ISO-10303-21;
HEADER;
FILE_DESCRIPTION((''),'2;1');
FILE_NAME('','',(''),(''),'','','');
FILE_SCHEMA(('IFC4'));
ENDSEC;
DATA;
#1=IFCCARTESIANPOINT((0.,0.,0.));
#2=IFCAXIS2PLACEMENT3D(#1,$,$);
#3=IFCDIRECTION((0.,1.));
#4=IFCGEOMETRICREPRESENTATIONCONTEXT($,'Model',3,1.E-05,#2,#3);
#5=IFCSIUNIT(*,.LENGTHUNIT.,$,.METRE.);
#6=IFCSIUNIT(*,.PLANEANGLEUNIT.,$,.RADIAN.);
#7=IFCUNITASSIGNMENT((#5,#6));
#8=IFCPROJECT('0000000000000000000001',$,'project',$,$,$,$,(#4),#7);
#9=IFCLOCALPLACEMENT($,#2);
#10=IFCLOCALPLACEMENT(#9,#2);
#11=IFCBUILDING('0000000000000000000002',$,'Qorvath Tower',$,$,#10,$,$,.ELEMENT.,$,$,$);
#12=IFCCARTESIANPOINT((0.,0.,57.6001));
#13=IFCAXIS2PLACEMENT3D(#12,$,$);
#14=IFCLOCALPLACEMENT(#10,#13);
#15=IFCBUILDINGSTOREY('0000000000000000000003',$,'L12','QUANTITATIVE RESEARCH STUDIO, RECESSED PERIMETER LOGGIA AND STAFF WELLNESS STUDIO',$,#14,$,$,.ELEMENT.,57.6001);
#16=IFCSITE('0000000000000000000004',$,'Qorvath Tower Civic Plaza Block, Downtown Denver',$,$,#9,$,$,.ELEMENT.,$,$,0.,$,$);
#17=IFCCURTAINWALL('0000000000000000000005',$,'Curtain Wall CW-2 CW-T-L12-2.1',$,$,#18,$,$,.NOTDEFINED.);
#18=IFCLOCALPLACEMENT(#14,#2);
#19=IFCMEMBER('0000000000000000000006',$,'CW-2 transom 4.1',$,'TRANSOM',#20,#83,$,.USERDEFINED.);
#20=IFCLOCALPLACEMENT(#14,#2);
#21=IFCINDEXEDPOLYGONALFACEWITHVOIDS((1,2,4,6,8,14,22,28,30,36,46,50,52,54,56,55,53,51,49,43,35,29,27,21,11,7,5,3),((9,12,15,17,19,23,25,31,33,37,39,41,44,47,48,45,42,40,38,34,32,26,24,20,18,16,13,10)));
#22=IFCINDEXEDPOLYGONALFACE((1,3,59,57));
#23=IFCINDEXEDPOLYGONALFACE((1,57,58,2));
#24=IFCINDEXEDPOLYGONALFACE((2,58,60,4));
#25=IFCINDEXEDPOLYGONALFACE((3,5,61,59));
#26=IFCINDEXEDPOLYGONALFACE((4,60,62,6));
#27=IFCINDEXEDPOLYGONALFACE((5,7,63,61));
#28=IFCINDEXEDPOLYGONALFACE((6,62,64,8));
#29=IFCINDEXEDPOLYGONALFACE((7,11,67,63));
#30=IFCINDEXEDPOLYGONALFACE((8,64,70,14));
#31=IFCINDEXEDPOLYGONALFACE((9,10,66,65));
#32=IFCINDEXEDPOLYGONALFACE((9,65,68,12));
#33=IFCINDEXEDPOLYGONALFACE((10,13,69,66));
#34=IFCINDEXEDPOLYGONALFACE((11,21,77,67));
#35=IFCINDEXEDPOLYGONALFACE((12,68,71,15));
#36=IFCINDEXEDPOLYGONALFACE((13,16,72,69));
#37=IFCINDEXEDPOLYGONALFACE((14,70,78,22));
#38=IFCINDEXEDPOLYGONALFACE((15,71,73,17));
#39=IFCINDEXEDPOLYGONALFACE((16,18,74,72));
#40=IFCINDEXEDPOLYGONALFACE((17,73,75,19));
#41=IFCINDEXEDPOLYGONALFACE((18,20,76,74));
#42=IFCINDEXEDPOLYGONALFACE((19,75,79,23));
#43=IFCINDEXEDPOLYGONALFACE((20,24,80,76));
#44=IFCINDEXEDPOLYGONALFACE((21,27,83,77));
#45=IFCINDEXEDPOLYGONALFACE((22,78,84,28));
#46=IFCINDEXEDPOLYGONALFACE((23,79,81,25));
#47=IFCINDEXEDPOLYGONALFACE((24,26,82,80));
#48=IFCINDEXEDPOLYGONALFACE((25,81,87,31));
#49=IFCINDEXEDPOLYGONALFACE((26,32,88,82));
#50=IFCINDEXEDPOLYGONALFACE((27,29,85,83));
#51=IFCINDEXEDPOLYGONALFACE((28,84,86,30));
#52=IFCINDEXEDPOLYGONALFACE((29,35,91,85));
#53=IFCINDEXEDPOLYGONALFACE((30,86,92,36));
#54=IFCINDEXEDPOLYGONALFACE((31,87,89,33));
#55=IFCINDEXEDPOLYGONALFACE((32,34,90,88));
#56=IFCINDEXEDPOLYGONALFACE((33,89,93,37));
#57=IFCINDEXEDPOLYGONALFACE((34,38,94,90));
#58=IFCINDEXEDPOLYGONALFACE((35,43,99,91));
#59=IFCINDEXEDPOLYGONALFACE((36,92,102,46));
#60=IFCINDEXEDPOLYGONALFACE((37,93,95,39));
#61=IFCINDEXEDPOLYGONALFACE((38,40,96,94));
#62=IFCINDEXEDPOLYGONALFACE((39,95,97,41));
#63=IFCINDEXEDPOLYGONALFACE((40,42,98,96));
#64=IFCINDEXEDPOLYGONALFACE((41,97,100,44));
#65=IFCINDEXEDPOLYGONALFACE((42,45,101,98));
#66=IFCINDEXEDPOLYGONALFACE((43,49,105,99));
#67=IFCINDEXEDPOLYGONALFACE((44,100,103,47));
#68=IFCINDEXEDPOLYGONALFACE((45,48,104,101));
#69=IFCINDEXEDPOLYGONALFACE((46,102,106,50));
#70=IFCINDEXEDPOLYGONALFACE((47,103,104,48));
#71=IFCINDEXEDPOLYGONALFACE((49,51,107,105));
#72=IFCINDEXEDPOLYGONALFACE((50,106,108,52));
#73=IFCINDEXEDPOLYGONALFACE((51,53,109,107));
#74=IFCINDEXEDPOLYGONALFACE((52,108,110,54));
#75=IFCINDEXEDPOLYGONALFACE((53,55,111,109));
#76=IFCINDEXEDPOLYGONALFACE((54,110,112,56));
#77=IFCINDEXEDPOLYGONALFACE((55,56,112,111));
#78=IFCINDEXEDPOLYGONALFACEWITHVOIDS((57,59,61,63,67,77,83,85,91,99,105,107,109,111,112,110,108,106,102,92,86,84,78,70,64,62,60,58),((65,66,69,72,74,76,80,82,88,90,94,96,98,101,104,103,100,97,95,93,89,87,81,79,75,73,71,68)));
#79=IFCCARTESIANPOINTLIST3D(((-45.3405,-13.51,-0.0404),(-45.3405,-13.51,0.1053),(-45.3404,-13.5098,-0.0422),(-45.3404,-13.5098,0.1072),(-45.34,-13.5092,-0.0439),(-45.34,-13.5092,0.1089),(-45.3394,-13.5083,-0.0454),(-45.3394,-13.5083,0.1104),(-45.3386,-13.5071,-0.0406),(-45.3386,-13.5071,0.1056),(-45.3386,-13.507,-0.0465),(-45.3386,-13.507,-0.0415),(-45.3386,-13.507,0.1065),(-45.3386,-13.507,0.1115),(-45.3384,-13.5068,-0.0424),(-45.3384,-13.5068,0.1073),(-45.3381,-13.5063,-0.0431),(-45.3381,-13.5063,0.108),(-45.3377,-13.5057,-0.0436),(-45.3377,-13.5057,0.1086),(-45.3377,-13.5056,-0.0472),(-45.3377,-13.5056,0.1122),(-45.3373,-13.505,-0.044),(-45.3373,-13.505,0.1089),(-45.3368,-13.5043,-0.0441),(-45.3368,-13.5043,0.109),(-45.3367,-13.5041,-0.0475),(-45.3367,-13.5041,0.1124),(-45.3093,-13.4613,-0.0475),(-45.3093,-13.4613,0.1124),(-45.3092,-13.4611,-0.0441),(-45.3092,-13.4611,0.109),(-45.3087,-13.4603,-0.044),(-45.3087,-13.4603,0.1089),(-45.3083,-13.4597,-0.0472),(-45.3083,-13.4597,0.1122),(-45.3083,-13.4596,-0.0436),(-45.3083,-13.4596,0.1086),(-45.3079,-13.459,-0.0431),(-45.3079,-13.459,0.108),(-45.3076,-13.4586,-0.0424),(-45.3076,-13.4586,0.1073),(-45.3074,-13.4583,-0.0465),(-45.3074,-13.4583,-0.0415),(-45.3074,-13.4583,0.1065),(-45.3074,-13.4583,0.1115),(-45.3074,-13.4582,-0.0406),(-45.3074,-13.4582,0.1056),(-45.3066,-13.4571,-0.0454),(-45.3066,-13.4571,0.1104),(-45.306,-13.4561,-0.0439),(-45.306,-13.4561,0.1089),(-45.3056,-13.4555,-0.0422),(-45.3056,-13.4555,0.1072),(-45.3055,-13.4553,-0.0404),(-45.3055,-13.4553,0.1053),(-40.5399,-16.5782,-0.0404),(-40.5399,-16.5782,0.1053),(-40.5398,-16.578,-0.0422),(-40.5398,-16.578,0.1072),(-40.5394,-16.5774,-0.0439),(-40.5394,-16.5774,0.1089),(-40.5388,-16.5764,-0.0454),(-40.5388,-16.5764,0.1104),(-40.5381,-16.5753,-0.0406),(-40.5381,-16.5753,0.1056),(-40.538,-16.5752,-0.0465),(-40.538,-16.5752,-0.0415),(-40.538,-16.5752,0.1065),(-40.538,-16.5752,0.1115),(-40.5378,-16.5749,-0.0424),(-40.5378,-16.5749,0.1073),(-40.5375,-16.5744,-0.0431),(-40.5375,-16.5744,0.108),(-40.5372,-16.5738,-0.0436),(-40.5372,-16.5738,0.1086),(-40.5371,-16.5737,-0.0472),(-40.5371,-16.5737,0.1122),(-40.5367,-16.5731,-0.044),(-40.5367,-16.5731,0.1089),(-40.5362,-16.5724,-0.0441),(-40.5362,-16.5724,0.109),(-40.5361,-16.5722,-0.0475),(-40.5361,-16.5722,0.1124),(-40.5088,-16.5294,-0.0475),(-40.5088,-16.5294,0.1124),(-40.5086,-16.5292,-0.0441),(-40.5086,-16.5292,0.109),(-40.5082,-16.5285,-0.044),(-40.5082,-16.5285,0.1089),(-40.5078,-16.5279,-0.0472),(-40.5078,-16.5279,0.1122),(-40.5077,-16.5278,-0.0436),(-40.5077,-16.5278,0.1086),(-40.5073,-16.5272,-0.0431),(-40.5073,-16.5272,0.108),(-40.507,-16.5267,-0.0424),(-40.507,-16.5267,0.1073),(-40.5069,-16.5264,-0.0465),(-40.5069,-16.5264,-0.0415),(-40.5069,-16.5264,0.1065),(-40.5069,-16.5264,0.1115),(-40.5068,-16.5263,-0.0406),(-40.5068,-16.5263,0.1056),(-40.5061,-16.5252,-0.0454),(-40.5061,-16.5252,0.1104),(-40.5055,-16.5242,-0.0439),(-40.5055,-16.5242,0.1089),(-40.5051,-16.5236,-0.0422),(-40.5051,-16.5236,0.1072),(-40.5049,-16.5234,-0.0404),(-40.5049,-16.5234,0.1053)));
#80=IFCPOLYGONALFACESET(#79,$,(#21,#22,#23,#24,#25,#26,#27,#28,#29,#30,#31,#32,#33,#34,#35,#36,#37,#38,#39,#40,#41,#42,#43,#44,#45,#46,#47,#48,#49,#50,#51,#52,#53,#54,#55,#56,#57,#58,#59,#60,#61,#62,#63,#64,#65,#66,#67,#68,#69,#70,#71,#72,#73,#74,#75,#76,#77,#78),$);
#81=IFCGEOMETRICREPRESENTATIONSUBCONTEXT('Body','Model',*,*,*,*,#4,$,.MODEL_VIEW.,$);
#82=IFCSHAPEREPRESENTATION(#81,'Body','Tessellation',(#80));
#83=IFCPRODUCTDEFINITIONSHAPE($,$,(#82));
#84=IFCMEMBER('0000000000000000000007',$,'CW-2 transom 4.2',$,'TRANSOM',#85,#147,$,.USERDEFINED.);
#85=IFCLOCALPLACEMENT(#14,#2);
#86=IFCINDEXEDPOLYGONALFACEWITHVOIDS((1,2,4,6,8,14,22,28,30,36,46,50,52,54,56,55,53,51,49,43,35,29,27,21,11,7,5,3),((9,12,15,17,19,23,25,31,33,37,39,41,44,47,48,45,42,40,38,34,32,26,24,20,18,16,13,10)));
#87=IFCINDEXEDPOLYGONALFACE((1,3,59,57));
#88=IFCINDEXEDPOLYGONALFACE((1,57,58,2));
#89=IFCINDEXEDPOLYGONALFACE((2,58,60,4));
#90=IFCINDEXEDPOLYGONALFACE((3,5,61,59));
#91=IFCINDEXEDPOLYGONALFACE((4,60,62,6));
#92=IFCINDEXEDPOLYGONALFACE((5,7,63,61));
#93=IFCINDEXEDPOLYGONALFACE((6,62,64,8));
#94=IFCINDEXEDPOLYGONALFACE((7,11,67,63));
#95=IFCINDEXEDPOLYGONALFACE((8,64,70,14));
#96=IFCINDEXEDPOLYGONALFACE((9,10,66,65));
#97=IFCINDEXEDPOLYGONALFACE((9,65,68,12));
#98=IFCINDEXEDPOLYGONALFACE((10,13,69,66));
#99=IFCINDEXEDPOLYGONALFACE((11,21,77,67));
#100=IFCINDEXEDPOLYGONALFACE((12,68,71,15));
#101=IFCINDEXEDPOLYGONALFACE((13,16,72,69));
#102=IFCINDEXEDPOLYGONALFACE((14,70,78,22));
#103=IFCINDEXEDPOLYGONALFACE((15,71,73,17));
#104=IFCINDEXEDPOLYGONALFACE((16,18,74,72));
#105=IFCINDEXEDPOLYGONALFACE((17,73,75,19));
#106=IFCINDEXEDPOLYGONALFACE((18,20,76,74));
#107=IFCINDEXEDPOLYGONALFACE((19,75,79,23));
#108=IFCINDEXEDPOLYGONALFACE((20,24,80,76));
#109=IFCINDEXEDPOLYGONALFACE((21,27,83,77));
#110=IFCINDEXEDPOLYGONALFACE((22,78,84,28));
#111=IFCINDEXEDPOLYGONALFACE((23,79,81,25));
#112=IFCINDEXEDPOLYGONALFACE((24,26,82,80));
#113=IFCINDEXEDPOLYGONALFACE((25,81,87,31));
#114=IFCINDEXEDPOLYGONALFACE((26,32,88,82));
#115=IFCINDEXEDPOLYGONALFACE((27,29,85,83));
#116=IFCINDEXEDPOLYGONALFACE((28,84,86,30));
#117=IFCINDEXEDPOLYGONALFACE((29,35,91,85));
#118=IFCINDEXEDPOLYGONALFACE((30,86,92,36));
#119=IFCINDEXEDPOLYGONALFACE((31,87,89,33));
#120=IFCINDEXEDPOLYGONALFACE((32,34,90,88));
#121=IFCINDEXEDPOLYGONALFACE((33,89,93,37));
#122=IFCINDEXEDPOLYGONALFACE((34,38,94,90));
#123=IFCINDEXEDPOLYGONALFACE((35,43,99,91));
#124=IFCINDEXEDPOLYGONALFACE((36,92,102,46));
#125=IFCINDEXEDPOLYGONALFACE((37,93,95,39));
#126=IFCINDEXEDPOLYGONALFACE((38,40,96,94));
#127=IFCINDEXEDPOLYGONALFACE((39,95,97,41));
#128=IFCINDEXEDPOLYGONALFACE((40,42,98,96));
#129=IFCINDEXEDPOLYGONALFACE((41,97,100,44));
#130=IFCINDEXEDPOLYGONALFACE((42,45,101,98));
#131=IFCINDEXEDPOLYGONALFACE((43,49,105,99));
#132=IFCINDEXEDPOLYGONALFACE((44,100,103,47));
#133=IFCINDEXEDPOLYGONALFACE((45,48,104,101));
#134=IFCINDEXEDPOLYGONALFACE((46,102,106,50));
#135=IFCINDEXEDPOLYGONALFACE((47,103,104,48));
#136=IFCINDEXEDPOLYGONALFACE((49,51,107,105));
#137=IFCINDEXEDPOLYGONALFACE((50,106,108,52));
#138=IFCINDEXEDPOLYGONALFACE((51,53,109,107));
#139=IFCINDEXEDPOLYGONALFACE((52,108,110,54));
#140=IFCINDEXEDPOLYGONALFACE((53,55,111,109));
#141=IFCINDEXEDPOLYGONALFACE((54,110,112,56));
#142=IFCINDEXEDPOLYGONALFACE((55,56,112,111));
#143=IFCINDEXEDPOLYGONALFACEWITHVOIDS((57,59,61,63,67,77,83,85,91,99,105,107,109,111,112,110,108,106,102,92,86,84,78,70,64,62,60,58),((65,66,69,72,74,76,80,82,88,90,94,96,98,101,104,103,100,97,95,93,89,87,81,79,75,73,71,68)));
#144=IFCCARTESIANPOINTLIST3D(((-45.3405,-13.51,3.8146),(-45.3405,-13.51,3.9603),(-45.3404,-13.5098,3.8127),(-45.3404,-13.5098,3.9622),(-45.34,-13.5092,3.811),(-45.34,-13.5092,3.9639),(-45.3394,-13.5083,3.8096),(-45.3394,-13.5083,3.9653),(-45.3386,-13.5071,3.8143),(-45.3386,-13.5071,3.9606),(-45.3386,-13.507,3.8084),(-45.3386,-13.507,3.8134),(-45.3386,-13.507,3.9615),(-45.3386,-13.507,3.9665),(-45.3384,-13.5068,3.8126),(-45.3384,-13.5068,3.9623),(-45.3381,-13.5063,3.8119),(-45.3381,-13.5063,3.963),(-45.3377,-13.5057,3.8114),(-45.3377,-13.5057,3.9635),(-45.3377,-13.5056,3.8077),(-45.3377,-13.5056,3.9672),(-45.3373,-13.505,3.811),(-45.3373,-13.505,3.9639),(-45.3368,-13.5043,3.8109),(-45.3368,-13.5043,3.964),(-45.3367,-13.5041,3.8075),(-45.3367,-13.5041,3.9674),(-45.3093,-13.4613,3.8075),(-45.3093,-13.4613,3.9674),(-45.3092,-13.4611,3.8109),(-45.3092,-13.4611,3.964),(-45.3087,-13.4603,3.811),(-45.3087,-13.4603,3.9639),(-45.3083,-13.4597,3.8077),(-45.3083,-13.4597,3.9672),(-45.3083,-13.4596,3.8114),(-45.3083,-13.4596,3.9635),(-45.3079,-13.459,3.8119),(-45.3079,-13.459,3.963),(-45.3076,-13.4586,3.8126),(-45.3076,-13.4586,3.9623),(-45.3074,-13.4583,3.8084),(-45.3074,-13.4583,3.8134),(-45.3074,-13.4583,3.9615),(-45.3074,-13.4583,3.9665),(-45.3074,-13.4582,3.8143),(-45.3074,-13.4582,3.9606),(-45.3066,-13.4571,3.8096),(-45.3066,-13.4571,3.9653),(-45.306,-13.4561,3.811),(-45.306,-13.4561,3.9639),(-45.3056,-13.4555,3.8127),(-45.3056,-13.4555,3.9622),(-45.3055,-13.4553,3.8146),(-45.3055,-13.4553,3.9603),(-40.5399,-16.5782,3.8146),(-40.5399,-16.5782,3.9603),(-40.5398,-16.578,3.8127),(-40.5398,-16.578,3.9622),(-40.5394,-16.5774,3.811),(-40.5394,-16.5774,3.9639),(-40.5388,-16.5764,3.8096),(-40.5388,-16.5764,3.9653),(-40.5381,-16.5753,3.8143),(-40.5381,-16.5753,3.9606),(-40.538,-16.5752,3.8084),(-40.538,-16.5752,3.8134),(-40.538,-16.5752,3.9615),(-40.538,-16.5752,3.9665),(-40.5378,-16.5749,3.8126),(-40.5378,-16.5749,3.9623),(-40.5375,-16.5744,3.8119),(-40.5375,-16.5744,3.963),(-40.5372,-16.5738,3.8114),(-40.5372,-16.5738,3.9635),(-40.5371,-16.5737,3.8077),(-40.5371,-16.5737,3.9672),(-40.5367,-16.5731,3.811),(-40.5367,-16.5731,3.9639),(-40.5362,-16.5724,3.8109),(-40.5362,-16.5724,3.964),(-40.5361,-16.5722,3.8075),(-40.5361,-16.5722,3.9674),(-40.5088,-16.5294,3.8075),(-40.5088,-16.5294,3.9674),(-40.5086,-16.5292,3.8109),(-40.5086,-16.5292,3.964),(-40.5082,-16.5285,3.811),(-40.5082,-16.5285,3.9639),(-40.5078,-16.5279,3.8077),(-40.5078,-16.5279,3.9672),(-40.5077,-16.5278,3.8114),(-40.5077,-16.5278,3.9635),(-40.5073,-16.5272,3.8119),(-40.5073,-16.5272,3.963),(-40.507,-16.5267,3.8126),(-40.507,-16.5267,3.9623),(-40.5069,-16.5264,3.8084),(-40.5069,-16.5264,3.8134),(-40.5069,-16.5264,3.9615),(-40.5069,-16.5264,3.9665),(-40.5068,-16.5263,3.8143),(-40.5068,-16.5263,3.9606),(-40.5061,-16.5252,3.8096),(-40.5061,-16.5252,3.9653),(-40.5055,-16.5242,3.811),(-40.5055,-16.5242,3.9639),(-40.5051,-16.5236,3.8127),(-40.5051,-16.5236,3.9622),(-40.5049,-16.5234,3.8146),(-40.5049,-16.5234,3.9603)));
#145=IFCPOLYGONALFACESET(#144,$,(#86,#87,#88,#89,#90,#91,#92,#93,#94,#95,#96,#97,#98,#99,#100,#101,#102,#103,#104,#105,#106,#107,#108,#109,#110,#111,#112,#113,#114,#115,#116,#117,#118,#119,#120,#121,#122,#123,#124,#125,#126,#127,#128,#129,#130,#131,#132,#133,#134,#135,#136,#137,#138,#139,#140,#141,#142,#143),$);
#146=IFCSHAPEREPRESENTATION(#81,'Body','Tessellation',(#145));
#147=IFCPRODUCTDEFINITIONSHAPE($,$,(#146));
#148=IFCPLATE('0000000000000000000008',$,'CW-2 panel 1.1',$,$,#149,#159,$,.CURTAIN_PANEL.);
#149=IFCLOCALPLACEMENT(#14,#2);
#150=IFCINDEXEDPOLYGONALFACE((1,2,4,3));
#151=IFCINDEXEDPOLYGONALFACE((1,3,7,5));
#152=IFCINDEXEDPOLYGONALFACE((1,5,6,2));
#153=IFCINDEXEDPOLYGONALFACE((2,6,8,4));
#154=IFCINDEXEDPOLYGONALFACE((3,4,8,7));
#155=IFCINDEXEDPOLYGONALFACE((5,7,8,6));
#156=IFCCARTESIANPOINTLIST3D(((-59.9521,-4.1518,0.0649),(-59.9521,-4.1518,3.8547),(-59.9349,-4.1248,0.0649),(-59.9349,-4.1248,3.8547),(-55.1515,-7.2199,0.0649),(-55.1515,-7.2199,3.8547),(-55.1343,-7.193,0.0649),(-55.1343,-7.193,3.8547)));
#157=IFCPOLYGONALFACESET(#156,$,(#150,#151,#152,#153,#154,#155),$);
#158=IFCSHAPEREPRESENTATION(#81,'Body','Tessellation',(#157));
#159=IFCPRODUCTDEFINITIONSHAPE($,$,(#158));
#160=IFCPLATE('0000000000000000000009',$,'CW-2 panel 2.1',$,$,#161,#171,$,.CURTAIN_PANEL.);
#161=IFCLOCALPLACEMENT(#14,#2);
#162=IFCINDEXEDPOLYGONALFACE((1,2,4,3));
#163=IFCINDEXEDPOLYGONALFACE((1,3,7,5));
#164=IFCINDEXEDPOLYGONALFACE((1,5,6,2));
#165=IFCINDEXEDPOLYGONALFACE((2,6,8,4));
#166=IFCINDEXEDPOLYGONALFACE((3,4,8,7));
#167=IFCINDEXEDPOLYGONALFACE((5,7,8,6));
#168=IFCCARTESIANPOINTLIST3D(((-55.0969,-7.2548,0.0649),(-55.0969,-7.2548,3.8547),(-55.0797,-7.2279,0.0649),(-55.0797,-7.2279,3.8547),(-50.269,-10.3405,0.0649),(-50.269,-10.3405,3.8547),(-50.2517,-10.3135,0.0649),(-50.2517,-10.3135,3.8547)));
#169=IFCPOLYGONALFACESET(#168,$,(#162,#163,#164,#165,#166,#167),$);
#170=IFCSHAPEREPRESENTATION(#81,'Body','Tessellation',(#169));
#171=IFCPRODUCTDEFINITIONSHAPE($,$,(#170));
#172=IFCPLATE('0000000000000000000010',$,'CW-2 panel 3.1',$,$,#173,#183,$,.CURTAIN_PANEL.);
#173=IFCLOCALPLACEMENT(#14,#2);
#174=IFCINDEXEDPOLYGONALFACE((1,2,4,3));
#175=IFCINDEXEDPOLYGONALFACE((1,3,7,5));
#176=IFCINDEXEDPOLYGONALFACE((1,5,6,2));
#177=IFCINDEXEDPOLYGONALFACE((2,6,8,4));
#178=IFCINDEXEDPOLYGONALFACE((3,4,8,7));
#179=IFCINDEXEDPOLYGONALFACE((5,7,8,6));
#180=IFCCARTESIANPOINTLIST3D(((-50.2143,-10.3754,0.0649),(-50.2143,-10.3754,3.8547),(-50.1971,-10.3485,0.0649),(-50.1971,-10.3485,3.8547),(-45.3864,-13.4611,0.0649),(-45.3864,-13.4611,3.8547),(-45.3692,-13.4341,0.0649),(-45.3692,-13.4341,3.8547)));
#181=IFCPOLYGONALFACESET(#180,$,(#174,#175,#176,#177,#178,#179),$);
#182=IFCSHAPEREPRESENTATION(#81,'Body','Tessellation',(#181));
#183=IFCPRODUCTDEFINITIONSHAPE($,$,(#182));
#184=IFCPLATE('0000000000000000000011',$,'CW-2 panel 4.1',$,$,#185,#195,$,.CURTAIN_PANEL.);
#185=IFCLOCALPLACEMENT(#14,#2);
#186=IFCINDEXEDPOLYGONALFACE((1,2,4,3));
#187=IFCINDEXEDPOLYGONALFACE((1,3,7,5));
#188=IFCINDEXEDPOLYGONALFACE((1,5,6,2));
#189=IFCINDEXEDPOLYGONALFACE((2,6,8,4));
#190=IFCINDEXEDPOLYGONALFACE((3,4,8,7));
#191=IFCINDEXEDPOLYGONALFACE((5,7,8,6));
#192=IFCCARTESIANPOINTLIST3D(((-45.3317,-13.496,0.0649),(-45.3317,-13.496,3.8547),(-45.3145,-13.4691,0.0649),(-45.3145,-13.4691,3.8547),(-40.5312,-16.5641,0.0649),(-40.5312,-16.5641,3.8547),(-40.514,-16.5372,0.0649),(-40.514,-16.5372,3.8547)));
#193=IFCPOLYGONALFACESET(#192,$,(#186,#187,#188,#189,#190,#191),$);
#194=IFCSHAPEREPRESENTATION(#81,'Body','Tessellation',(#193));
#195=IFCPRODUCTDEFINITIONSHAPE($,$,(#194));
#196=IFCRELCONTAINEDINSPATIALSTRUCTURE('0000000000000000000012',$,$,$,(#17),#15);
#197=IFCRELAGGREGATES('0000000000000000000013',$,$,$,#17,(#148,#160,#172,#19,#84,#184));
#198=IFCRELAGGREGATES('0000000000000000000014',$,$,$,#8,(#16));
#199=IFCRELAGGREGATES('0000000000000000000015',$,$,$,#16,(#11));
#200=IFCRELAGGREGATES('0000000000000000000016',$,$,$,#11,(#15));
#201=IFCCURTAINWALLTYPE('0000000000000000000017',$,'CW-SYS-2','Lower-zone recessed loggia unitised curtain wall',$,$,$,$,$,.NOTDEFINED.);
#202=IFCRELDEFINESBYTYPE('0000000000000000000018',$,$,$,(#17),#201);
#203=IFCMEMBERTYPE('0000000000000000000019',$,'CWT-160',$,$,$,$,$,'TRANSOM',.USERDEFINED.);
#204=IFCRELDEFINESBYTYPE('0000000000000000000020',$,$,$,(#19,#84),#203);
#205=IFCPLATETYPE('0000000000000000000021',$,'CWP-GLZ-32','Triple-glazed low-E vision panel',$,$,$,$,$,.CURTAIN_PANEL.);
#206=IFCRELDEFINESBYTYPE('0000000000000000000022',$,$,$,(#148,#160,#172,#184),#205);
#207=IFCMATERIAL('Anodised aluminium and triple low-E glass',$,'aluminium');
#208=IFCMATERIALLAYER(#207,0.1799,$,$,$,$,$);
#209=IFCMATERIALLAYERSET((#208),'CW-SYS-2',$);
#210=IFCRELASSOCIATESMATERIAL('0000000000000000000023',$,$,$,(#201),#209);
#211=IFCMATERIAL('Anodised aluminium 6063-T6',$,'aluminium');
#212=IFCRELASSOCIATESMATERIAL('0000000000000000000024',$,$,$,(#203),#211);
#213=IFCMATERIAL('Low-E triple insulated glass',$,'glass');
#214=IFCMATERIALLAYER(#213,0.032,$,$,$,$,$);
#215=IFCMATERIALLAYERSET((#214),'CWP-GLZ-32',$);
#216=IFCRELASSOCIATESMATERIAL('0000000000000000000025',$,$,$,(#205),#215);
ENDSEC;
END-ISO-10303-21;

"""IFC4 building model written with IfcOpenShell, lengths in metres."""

from ifc_helpers import new_model, si_unit, direction, frame, origin, origin_2d, place, context, subcontext, project, spatial, rectangle, hollow_rectangle, extrude, material, layer, layer_set, material_profile, profile_set, type_object, element, aggregate, save


model = new_model("IFC4")

# Units and contexts
model_context = context("Model", 3, precision=1e-05, world=origin(), true_north=direction((0.0, 1.0)))
body_context = subcontext(model_context, "Body", "Model", "MODEL_VIEW")
ifc_project = project(units=[si_unit("LENGTHUNIT", "METRE"), si_unit("PLANEANGLEUNIT", "RADIAN")], contexts=[model_context])

# Site, building, storey
site_placement = place(None, origin())
site = spatial("IfcSite", under=ifc_project, at=site_placement, Name="Qorvath Tower Civic Plaza Block, Downtown Denver", CompositionType="ELEMENT", RefElevation=0.0)
building_placement = place(site_placement, origin())
building = spatial("IfcBuilding", under=site, at=building_placement, Name="Qorvath Tower", CompositionType="ELEMENT")
storey_placement = place(building_placement, frame((0.0, 0.0, 57.6001)))
storey = spatial("IfcBuildingStorey", under=building, at=storey_placement, Name="L12", Description="QUANTITATIVE RESEARCH STUDIO, RECESSED PERIMETER LOGGIA AND STAFF WELLNESS STUDIO", CompositionType="ELEMENT", Elevation=57.6001)

# Curtain wall, members, plates
ifc_material_1 = material(Name="Anodised aluminium and triple low-E glass", Category="aluminium")
ifc_layer_1 = layer(ifc_material_1, 0.1799)
ifc_layer_set_1 = layer_set([ifc_layer_1], Name="CW-SYS-2")
curtain_wall_type = type_object("IfcCurtainWallType", Name="CW-SYS-2", Description="Lower-zone recessed loggia unitised curtain wall", PredefinedType="NOTDEFINED", material=ifc_layer_set_1)
curtain_wall_placement = place(storey_placement, origin())
curtain_wall = element("IfcCurtainWall", 1, at=curtain_wall_placement, inside=storey, type_object=curtain_wall_type, Name="Curtain Wall CW-2 CW-T-L12-2.1", PredefinedType="NOTDEFINED")
ifc_material_2 = material(Name="Anodised aluminium 6063-T6", Category="aluminium")
ifc_material_profile_1 = material_profile(ifc_material_2, hollow_rectangle(XDim=0.0649, YDim=0.1599, WallThickness=0.0034, InnerFilletRadius=0.0034, OuterFilletRadius=0.0071, at=origin_2d()), Name="CWT 160x65")
ifc_profile_set_1 = profile_set([ifc_material_profile_1], Name="Anodised aluminium 6063-T6")
member_type_1 = type_object("IfcMemberType", Name="CWT-160", ElementType="TRANSOM", PredefinedType="USERDEFINED", material=ifc_profile_set_1)
member_1_placement = place(storey_placement, frame((-45.323, -13.4827, 0.0325), z_axis=(0.842608, -0.538527, 0.0), x_axis=(0.538527, 0.842608, 0.0)))
member_1 = element("IfcMember", 2, at=member_1_placement, type_object=member_type_1, Name="CW-2 transom 4.1", ObjectType="TRANSOM", PredefinedType="USERDEFINED", context=body_context, shape_type="SweptSolid", body=[
    extrude(hollow_rectangle(XDim=0.0649, YDim=0.1599, WallThickness=0.0034, InnerFilletRadius=0.0034, OuterFilletRadius=0.0071, at=origin_2d()), origin(), (0.0, 0.0, 1.0), 5.6973),
])
member_2_placement = place(storey_placement, frame((-45.323, -13.4827, 3.8875), z_axis=(0.842608, -0.538527, 0.0), x_axis=(0.538527, 0.842608, 0.0)))
member_2 = element("IfcMember", 3, at=member_2_placement, type_object=member_type_1, Name="CW-2 transom 4.2", ObjectType="TRANSOM", PredefinedType="USERDEFINED", context=body_context, shape_type="SweptSolid", body=[
    extrude(hollow_rectangle(XDim=0.0649, YDim=0.1599, WallThickness=0.0034, InnerFilletRadius=0.0034, OuterFilletRadius=0.0071, at=origin_2d()), origin(), (0.0, 0.0, 1.0), 5.6973),
])
ifc_material_3 = material(Name="Low-E triple insulated glass", Category="glass")
ifc_layer_2 = layer(ifc_material_3, 0.032)
ifc_layer_set_2 = layer_set([ifc_layer_2], Name="CWP-GLZ-32")
plate_type = type_object("IfcPlateType", Name="CWP-GLZ-32", Description="Triple-glazed low-E vision panel", PredefinedType="CURTAIN_PANEL", material=ifc_layer_set_2)
plate_1_placement = place(storey_placement, frame((-57.5432, -5.6724, 0.0649), z_axis=(0.0, 0.0, 1.0), x_axis=(0.842607, -0.53853, 0.0)))
plate_1 = element("IfcPlate", 4, at=plate_1_placement, type_object=plate_type, Name="CW-2 panel 1.1", PredefinedType="CURTAIN_PANEL", context=body_context, shape_type="SweptSolid", body=[
    extrude(rectangle(XDim=5.6973, YDim=0.032, at=origin_2d()), origin(), (0.0, 0.0, 1.0), 3.7898),
])
plate_2_placement = place(storey_placement, frame((-52.6743, -8.7842, 0.0649), z_axis=(0.0, 0.0, 1.0), x_axis=(0.842607, -0.53853, 0.0)))
plate_2 = element("IfcPlate", 5, at=plate_2_placement, type_object=plate_type, Name="CW-2 panel 2.1", PredefinedType="CURTAIN_PANEL", context=body_context, shape_type="SweptSolid", body=[
    extrude(rectangle(XDim=5.7297, YDim=0.032, at=origin_2d()), origin(), (0.0, 0.0, 1.0), 3.7898),
])
plate_3_placement = place(storey_placement, frame((-47.7917, -11.9048, 0.0649), z_axis=(0.0, 0.0, 1.0), x_axis=(0.842607, -0.53853, 0.0)))
plate_3 = element("IfcPlate", 6, at=plate_3_placement, type_object=plate_type, Name="CW-2 panel 3.1", PredefinedType="CURTAIN_PANEL", context=body_context, shape_type="SweptSolid", body=[
    extrude(rectangle(XDim=5.7297, YDim=0.032, at=origin_2d()), origin(), (0.0, 0.0, 1.0), 3.7898),
])
plate_4_placement = place(storey_placement, frame((-42.9229, -15.0166, 0.0649), z_axis=(0.0, 0.0, 1.0), x_axis=(0.842607, -0.53853, 0.0)))
plate_4 = element("IfcPlate", 7, at=plate_4_placement, type_object=plate_type, Name="CW-2 panel 4.1", PredefinedType="CURTAIN_PANEL", context=body_context, shape_type="SweptSolid", body=[
    extrude(rectangle(XDim=5.6973, YDim=0.032, at=origin_2d()), origin(), (0.0, 0.0, 1.0), 3.7898),
])
aggregate(curtain_wall, [plate_1, plate_2, plate_3, member_1, member_2, plate_4])

save(model, "model.ifc")
